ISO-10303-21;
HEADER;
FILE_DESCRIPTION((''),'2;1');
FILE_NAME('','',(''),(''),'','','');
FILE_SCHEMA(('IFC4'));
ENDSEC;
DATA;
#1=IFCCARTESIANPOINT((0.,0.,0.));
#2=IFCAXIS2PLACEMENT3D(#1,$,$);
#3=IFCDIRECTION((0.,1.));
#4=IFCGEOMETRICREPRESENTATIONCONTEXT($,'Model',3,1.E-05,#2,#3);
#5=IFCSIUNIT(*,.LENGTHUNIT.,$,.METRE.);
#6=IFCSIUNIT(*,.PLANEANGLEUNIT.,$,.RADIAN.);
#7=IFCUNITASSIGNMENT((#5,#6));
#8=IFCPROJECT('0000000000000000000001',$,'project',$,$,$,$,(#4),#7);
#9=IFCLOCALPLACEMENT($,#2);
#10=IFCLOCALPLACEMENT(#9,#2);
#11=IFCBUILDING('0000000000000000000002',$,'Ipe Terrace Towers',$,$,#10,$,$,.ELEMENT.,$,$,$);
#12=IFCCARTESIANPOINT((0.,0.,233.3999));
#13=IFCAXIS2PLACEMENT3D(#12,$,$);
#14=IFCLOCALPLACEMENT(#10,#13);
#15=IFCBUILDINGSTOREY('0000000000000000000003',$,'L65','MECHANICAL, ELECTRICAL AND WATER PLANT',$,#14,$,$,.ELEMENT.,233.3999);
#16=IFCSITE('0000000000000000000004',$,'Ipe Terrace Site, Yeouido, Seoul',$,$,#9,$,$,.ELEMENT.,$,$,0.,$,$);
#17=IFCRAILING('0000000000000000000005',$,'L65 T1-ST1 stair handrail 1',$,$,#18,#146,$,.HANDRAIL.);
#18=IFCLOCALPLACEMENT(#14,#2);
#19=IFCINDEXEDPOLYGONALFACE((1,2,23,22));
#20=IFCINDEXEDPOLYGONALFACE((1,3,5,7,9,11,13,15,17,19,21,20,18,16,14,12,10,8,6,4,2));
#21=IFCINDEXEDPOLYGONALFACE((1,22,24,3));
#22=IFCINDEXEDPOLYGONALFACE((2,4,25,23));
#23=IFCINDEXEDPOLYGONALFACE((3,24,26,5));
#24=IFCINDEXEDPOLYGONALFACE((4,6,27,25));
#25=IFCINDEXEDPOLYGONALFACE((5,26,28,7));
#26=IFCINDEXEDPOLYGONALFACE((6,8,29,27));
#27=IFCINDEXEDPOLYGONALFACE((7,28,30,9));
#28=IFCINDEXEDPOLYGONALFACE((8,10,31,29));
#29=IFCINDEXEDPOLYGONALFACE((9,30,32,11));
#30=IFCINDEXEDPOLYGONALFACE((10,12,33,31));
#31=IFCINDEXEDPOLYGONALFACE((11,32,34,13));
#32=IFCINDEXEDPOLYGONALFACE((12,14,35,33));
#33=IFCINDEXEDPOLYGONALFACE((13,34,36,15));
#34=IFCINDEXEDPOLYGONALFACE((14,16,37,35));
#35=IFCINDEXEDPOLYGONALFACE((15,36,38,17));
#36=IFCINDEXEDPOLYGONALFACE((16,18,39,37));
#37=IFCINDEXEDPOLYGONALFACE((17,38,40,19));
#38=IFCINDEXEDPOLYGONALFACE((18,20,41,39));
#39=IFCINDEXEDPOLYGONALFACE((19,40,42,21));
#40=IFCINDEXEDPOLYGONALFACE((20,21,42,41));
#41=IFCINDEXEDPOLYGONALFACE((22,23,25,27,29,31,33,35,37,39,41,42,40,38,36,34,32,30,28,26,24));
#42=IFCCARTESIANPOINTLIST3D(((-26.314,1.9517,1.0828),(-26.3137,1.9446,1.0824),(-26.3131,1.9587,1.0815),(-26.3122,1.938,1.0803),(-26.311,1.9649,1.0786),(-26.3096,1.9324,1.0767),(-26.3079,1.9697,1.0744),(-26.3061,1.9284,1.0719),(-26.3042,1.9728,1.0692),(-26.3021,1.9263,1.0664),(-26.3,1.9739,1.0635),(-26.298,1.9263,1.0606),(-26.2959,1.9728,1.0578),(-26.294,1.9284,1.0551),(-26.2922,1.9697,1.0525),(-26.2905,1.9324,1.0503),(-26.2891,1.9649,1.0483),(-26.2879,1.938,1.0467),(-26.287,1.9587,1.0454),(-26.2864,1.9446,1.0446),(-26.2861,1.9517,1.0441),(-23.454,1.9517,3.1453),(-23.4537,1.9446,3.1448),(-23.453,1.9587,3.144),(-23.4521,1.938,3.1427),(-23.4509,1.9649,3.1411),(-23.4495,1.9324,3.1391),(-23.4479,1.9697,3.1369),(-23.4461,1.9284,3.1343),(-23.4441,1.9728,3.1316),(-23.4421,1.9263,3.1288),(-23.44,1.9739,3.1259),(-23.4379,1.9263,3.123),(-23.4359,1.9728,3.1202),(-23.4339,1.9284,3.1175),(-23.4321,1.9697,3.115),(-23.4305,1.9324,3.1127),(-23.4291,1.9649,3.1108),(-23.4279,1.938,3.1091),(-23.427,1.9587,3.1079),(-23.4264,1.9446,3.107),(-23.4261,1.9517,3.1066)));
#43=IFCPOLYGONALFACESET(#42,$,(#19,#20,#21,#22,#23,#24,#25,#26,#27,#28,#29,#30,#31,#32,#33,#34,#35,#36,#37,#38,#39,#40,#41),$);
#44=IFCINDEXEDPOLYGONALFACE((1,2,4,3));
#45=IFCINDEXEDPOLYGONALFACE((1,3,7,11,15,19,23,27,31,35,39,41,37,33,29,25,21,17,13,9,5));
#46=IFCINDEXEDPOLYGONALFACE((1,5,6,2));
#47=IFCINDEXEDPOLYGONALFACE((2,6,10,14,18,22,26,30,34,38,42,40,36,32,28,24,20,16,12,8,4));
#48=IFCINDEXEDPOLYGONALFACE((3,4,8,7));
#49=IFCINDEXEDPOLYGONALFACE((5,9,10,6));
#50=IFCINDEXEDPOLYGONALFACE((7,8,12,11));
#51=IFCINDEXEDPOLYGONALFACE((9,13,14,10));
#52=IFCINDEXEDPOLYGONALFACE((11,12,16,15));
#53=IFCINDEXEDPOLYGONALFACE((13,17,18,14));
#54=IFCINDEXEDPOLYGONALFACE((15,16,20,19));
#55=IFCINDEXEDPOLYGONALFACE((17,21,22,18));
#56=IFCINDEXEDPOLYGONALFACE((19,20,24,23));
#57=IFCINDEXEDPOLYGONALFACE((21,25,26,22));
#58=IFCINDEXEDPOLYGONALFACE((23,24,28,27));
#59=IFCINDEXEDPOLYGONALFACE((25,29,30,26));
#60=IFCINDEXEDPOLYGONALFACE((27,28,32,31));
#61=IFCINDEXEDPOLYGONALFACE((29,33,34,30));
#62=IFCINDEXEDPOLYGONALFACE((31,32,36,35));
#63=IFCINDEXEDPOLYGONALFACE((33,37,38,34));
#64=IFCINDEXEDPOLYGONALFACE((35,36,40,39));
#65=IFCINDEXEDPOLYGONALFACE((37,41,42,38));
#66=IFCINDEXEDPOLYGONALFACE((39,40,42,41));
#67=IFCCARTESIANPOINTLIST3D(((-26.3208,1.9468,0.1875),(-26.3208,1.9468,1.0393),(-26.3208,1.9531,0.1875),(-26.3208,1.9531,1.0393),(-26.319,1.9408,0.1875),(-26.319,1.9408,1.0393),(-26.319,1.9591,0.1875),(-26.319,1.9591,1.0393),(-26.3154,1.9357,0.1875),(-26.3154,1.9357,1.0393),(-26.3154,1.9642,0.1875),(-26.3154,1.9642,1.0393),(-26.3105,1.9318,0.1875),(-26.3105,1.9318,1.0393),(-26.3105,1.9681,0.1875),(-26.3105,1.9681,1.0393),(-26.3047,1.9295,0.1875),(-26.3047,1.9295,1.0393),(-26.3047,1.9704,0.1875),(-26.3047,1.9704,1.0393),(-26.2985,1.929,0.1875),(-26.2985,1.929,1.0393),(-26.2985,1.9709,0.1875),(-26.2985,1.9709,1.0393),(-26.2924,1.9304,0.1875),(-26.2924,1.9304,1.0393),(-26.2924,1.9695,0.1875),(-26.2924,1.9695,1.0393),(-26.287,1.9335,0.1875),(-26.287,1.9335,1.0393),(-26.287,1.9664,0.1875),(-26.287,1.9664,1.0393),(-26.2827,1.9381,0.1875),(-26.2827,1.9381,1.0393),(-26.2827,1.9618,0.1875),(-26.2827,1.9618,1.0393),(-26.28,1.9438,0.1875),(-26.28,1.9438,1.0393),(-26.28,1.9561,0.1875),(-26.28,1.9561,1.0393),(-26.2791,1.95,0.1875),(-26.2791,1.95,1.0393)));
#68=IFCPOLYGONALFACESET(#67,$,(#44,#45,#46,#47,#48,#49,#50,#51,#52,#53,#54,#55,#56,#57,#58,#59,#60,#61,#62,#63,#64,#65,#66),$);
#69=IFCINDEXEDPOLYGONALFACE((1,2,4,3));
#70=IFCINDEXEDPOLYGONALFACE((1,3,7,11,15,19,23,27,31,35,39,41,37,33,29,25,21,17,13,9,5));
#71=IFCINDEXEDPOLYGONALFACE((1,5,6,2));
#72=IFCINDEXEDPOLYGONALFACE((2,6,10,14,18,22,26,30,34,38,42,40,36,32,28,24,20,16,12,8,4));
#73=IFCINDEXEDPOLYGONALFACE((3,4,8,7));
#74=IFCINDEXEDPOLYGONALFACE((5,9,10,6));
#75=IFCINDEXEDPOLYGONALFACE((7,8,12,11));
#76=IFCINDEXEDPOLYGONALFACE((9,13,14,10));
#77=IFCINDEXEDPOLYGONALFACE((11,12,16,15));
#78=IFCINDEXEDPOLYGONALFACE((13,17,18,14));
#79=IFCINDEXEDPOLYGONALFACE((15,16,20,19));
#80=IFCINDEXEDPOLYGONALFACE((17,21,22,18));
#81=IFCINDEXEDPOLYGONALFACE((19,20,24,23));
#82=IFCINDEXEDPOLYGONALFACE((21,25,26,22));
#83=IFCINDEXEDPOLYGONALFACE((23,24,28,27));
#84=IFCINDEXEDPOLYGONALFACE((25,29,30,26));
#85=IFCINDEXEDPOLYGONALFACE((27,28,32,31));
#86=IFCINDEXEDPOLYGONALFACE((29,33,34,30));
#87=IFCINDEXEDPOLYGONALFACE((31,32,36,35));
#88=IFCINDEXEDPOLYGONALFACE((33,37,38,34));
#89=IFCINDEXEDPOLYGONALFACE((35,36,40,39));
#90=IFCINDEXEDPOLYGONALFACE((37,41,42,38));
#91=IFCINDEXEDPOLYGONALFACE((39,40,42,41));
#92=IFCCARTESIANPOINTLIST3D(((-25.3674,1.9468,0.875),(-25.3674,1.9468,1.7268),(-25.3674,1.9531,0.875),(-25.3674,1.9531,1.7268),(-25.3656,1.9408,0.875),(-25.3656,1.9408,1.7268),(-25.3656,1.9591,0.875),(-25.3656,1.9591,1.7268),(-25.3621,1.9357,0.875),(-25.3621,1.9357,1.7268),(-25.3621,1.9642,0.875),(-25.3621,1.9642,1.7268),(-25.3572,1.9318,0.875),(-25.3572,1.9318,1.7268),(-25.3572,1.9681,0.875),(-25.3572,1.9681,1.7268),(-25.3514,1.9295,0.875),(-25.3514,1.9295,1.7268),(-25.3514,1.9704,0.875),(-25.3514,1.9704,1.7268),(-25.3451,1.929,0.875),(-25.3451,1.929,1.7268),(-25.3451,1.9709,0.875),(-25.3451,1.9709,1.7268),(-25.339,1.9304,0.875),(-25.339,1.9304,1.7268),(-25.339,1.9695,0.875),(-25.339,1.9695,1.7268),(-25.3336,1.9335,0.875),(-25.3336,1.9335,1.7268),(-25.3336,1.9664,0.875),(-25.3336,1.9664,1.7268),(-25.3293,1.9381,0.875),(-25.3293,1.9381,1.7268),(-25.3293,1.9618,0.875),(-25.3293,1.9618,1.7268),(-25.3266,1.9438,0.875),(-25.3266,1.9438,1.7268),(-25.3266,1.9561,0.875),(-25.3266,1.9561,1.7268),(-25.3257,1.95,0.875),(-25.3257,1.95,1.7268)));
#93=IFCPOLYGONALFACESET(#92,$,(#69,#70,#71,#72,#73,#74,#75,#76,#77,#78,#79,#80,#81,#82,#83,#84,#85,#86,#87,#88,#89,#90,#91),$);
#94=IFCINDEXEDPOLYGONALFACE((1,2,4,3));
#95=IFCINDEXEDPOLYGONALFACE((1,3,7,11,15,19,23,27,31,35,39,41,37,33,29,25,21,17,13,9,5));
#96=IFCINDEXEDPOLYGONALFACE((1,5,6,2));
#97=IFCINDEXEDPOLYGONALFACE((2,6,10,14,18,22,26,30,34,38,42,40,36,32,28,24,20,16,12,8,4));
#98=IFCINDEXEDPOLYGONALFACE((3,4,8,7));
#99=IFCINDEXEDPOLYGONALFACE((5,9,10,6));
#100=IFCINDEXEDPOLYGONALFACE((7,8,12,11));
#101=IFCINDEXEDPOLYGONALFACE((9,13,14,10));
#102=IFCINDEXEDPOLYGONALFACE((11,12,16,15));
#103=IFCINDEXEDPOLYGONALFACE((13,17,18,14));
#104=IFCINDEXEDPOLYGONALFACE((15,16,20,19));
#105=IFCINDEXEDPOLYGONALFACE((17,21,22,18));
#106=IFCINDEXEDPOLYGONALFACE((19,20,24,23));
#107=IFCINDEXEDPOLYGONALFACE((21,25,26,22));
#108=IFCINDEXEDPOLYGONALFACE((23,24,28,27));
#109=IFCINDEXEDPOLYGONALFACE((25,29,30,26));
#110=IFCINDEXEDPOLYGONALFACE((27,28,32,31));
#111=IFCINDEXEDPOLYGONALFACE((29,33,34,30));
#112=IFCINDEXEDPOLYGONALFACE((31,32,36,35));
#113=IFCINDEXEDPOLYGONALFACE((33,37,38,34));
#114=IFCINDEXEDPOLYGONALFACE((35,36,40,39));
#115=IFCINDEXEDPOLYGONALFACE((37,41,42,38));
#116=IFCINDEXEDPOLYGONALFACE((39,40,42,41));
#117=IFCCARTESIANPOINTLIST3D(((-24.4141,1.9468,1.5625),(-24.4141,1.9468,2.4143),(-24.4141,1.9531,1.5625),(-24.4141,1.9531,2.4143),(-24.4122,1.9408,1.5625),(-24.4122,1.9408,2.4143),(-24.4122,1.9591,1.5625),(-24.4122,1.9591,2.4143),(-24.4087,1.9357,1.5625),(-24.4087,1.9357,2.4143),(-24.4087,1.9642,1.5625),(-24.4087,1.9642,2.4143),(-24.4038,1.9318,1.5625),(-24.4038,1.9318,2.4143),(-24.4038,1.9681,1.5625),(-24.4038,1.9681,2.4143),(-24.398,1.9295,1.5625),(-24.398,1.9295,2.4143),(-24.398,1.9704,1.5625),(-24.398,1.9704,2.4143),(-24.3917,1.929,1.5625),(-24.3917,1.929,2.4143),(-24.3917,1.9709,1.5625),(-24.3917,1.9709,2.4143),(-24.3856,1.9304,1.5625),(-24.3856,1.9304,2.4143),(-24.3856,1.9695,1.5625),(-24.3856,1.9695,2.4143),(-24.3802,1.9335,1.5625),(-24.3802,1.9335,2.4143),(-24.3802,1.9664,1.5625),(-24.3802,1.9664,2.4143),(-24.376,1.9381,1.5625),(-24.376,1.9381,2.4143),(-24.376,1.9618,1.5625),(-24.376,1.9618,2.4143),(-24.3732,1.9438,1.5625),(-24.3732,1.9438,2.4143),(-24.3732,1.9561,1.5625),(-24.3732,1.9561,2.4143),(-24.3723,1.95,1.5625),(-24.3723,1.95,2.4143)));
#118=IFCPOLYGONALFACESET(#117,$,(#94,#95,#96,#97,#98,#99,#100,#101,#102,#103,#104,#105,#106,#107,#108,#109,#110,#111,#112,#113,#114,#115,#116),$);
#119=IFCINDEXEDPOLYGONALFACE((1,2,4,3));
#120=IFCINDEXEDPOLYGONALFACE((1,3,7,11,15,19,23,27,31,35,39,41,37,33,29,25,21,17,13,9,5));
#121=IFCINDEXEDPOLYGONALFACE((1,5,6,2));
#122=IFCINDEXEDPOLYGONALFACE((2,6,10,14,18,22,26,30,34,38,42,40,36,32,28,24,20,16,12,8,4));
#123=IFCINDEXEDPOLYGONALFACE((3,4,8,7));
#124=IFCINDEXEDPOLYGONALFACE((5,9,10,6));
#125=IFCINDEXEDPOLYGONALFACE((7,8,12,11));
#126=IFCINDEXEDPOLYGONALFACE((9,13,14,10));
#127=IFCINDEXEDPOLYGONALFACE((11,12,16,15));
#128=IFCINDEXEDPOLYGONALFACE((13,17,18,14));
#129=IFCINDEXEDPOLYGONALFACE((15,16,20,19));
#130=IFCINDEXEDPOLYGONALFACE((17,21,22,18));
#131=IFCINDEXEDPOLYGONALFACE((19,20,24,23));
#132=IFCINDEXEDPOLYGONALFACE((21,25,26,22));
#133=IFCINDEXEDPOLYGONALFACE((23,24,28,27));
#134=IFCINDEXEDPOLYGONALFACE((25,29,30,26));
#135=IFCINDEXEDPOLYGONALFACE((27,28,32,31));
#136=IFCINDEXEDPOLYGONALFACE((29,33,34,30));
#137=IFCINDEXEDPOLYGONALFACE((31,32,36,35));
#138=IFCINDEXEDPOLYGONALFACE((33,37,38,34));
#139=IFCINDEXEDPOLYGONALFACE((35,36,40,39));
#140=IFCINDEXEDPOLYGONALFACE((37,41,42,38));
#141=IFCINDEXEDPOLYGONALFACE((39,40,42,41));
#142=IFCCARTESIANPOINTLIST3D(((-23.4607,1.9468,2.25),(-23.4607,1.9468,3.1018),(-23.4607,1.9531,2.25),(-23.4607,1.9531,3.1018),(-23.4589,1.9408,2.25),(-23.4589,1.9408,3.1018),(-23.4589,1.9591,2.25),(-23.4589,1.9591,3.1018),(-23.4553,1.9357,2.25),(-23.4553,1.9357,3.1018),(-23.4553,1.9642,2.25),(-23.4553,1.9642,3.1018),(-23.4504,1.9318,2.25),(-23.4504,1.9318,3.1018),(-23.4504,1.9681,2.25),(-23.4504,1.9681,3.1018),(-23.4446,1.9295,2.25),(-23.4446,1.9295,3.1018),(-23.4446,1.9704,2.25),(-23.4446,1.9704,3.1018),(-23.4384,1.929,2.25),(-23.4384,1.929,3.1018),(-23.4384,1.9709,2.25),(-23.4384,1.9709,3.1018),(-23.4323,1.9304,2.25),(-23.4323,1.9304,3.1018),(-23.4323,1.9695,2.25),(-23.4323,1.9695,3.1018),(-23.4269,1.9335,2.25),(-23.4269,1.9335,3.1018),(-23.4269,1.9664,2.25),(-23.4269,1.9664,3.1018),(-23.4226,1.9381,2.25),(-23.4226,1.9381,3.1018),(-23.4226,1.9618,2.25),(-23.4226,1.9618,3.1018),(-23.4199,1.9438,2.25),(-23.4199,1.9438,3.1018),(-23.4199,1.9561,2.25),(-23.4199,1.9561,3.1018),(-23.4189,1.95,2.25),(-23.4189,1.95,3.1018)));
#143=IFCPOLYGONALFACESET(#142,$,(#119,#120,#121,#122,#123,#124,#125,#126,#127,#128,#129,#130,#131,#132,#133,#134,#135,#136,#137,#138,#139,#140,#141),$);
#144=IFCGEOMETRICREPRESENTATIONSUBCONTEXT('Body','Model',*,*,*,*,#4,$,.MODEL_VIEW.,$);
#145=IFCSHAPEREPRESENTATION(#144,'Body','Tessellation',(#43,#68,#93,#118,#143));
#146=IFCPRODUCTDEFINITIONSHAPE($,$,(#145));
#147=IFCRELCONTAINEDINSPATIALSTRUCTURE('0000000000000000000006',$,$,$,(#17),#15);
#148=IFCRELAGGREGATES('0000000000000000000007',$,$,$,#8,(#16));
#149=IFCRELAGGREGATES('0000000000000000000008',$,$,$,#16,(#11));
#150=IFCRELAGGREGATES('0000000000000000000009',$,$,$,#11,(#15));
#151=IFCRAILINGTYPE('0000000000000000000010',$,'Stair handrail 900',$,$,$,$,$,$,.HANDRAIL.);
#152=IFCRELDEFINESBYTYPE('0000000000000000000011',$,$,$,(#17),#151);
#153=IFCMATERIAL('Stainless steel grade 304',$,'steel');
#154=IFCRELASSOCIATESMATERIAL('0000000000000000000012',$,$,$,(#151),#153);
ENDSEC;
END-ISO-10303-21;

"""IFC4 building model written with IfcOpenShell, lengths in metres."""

from ifc_helpers import new_model, si_unit, direction, frame, origin, origin_2d, place, context, subcontext, project, spatial, circle, extrude, material, type_object, element, save


model = new_model("IFC4")

# Units and contexts
model_context = context("Model", 3, precision=1e-05, world=origin(), true_north=direction((0.0, 1.0)))
body_context = subcontext(model_context, "Body", "Model", "MODEL_VIEW")
ifc_project = project(units=[si_unit("LENGTHUNIT", "METRE"), si_unit("PLANEANGLEUNIT", "RADIAN")], contexts=[model_context])

# Site, building, storey
site_placement = place(None, origin())
site = spatial("IfcSite", under=ifc_project, at=site_placement, Name="Ipe Terrace Site, Yeouido, Seoul", CompositionType="ELEMENT", RefElevation=0.0)
building_placement = place(site_placement, origin())
building = spatial("IfcBuilding", under=site, at=building_placement, Name="Ipe Terrace Towers", CompositionType="ELEMENT")
storey_placement = place(building_placement, frame((0.0, 0.0, 233.3999)))
storey = spatial("IfcBuildingStorey", under=building, at=storey_placement, Name="L65", Description="MECHANICAL, ELECTRICAL AND WATER PLANT", CompositionType="ELEMENT", Elevation=233.3999)

# Railing
ifc_material_1 = material(Name="Stainless steel grade 304", Category="steel")
railing_type_1 = type_object("IfcRailingType", Name="Stair handrail 900", PredefinedType="HANDRAIL", material=ifc_material_1)
railing_1_placement = place(storey_placement, frame((-26.3, 1.95, 0.1875)))
element("IfcRailing", 1, at=railing_1_placement, inside=storey, type_object=railing_type_1, Name="L65 T1-ST1 stair handrail 1", PredefinedType="HANDRAIL", context=body_context, shape_type="SweptSolid", body=[
    extrude(circle(Radius=0.0239, at=origin_2d()), frame((0.0, 0.0, 0.876), z_axis=(0.811101, 0.0, 0.584906), x_axis=(0.0, 1.0, 0.0)), (0.0, 0.0, 1.0), 3.5261),
    extrude(circle(Radius=0.021, at=origin_2d()), origin(), (0.0, 0.0, 1.0), 0.8518),
    extrude(circle(Radius=0.021, at=origin_2d()), frame((0.9534, 0.0, 0.6875)), (0.0, 0.0, 1.0), 0.8518),
    extrude(circle(Radius=0.021, at=origin_2d()), frame((1.9067, 0.0, 1.375)), (0.0, 0.0, 1.0), 0.8518),
    extrude(circle(Radius=0.021, at=origin_2d()), frame((2.8601, 0.0, 2.0625)), (0.0, 0.0, 1.0), 0.8518),
])

save(model, "model.ifc")
